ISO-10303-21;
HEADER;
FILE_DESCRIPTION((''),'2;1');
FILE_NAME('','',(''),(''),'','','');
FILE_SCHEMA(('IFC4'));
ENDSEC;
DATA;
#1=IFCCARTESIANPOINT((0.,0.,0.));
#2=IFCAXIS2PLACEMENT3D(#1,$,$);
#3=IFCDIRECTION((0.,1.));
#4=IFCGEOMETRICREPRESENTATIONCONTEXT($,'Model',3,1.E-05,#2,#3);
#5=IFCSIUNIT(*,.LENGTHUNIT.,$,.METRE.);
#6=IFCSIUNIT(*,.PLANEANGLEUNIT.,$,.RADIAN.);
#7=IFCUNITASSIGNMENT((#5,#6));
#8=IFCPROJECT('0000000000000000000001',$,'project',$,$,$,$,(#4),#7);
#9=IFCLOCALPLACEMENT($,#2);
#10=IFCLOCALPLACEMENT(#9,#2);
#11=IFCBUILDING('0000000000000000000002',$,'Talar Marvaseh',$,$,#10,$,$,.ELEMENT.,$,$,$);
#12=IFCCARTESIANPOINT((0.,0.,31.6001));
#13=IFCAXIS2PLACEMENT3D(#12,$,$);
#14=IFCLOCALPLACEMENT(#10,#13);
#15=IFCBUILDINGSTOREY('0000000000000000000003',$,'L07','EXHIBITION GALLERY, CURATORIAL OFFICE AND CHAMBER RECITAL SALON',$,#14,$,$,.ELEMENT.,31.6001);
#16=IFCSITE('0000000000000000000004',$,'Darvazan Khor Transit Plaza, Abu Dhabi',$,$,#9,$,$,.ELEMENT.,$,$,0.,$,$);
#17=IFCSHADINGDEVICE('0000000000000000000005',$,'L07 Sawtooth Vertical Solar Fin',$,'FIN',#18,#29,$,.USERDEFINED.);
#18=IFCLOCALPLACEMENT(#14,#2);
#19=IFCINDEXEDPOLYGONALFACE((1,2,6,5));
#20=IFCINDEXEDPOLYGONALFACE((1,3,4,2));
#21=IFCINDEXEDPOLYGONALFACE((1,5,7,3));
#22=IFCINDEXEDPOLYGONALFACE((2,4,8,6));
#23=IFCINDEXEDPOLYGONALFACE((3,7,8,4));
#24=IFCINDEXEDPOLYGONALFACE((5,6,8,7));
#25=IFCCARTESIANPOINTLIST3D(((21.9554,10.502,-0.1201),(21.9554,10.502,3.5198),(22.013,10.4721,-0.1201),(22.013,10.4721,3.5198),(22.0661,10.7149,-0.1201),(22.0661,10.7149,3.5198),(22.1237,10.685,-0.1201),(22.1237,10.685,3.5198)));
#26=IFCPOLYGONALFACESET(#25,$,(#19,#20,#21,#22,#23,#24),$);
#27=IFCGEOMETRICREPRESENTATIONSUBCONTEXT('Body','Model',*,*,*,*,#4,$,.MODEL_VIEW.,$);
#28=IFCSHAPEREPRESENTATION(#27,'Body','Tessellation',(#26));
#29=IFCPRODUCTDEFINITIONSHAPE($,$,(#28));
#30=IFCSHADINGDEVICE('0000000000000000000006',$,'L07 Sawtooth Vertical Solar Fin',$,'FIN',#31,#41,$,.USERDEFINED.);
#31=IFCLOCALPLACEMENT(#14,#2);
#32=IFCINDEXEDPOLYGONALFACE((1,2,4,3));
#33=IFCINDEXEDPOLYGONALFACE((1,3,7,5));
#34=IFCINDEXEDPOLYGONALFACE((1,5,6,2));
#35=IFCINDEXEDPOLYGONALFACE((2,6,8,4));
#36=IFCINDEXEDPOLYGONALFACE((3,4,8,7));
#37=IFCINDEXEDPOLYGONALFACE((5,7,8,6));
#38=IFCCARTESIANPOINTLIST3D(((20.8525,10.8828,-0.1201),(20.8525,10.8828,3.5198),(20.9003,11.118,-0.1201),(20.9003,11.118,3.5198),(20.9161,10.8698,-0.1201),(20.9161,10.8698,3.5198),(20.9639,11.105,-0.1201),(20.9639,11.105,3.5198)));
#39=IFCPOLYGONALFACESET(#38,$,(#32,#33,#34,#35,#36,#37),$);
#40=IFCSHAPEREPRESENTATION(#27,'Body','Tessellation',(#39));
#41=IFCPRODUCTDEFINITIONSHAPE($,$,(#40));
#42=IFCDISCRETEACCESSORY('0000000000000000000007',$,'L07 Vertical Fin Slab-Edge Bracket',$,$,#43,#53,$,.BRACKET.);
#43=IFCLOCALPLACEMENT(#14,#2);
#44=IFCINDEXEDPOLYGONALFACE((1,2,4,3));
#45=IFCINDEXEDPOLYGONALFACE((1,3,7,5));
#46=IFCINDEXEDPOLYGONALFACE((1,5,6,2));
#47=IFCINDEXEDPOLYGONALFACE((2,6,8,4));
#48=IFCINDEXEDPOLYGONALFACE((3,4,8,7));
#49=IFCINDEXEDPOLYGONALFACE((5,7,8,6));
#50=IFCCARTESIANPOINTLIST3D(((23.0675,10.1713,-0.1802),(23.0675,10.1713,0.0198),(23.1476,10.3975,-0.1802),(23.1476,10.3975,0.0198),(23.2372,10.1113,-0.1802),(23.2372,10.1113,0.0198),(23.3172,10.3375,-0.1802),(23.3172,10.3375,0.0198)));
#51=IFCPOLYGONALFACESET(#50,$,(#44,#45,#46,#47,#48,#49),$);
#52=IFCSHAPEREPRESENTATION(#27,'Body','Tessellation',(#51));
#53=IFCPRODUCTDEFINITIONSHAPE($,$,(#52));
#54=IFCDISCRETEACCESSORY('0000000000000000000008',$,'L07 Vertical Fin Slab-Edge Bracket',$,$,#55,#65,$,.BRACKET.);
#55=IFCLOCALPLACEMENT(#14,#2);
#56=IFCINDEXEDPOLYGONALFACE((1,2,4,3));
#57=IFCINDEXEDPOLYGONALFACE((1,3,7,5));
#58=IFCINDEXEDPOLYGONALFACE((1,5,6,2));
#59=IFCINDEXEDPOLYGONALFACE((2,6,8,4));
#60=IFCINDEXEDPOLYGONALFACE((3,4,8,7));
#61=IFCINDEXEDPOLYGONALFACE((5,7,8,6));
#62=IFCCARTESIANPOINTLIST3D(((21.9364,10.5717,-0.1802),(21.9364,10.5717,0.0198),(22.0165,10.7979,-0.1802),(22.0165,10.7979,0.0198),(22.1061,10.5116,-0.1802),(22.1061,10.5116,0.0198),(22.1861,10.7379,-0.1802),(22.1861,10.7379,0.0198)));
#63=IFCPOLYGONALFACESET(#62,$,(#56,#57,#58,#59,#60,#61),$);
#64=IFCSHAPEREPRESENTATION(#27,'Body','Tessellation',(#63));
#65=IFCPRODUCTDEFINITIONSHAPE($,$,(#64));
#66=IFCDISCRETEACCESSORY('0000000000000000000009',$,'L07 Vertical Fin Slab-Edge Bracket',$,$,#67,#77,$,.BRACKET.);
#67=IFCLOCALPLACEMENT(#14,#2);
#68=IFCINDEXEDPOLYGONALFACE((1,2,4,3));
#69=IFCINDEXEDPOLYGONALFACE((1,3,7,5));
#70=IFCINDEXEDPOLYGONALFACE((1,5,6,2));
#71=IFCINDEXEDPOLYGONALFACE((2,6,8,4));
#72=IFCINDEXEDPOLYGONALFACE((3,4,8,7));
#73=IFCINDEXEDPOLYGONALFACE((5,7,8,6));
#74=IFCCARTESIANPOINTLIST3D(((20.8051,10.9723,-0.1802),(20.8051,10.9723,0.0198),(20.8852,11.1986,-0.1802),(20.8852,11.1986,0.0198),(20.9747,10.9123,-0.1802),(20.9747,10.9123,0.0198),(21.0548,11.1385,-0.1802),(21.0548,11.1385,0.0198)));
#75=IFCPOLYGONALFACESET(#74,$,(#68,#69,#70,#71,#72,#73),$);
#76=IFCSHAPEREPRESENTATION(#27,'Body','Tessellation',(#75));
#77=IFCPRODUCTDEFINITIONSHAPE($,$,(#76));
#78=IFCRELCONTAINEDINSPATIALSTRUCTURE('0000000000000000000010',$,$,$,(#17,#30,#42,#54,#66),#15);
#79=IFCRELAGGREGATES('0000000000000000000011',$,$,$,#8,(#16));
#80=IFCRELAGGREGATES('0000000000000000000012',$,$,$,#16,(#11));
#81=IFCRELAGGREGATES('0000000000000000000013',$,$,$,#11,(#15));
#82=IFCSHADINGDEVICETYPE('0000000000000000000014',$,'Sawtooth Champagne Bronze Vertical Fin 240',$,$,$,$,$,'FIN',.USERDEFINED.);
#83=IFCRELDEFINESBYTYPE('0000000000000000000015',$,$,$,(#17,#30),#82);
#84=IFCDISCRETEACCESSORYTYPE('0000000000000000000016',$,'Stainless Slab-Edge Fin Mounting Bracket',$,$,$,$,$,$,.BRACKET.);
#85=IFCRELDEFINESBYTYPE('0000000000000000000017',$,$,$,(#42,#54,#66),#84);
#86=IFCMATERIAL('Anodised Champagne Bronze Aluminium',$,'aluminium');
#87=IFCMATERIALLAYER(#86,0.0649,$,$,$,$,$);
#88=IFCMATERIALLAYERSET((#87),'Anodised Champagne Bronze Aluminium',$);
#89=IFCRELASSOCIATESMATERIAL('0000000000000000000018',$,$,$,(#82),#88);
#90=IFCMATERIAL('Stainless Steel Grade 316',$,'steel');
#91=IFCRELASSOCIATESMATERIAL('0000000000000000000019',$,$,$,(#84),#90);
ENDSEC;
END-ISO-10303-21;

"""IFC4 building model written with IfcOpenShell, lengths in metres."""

from ifc_helpers import new_model, si_unit, direction, frame, origin, origin_2d, place, context, subcontext, project, spatial, rectangle, extrude, source, transform, mapped, material, layer, layer_set, type_object, type_shapes, element, save


model = new_model("IFC4")

# Units and contexts
model_context = context("Model", 3, precision=1e-05, world=origin(), true_north=direction((0.0, 1.0)))
body_context = subcontext(model_context, "Body", "Model", "MODEL_VIEW")
ifc_project = project(units=[si_unit("LENGTHUNIT", "METRE"), si_unit("PLANEANGLEUNIT", "RADIAN")], contexts=[model_context])

# Site, building, storey
site_placement = place(None, origin())
site = spatial("IfcSite", under=ifc_project, at=site_placement, Name="Darvazan Khor Transit Plaza, Abu Dhabi", CompositionType="ELEMENT", RefElevation=0.0)
building_placement = place(site_placement, origin())
building = spatial("IfcBuilding", under=site, at=building_placement, Name="Talar Marvaseh", CompositionType="ELEMENT")
storey_placement = place(building_placement, frame((0.0, 0.0, 31.6001)))
storey = spatial("IfcBuildingStorey", under=building, at=storey_placement, Name="L07", Description="EXHIBITION GALLERY, CURATORIAL OFFICE AND CHAMBER RECITAL SALON", CompositionType="ELEMENT", Elevation=31.6001)

# Shading devices
ifc_material_1 = material(Name="Anodised Champagne Bronze Aluminium", Category="aluminium")
ifc_layer_1 = layer(ifc_material_1, 0.0649)
ifc_layer_set_1 = layer_set([ifc_layer_1], Name="Anodised Champagne Bronze Aluminium")
shading_device_type = type_object("IfcShadingDeviceType", Name="Sawtooth Champagne Bronze Vertical Fin 240", ElementType="FIN", PredefinedType="USERDEFINED", material=ifc_layer_set_1)
shared_shape_1 = source(origin(), body_context, "Body", "SweptSolid", [
    extrude(rectangle(XDim=0.24, YDim=0.0649, at=origin_2d()), origin(), (0.0, 0.0, 1.0), 3.6399),
])
type_shapes(shading_device_type, [shared_shape_1])
for number, where, z_axis, x_axis, name in (
    (1, (22.0396, 10.5935, -0.1201), (0.0, 0.0, 1.0), (-0.461594, -0.887091, 0.0), "L07 Sawtooth Vertical Solar Fin"),
    (2, (20.9082, 10.9939, -0.1201), (0.0, 0.0, 1.0), (-0.199197, -0.979959, 0.0), "L07 Sawtooth Vertical Solar Fin"),
):
    element("IfcShadingDevice", number, at=place(storey_placement, frame(where, z_axis=z_axis, x_axis=x_axis)), inside=storey, type_object=shading_device_type, Name=name, ObjectType="FIN", PredefinedType="USERDEFINED", context=body_context, shape_type="MappedRepresentation", body=[
        mapped(shared_shape_1, transform((0.0, 0.0, 0.0), x_axis=(1.0, 0.0, 0.0), y_axis=(0.0, 1.0, 0.0), z_axis=(0.0, 0.0, 1.0), scale=1.0)),
    ])

# Discrete accessories
ifc_material_2 = material(Name="Stainless Steel Grade 316", Category="steel")
discrete_accessory_type = type_object("IfcDiscreteAccessoryType", Name="Stainless Slab-Edge Fin Mounting Bracket", PredefinedType="BRACKET", material=ifc_material_2)
shared_shape_2 = source(origin(), body_context, "Body", "SweptSolid", [
    extrude(rectangle(XDim=0.24, YDim=0.1799, at=origin_2d()), origin(), (0.0, 0.0, 1.0), 0.2),
])
type_shapes(discrete_accessory_type, [shared_shape_2])
for number, where, z_axis, x_axis, name in (
    (3, (23.1924, 10.2544, -0.1802), (0.0, 0.0, 1.0), (-0.333642, -0.9427, 0.0), "L07 Vertical Fin Slab-Edge Bracket"),
    (4, (22.0613, 10.6548, -0.1802), (0.0, 0.0, 1.0), (-0.333642, -0.9427, 0.0), "L07 Vertical Fin Slab-Edge Bracket"),
    (5, (20.9299, 11.0554, -0.1802), (0.0, 0.0, 1.0), (-0.333642, -0.9427, 0.0), "L07 Vertical Fin Slab-Edge Bracket"),
):
    element("IfcDiscreteAccessory", number, at=place(storey_placement, frame(where, z_axis=z_axis, x_axis=x_axis)), inside=storey, type_object=discrete_accessory_type, Name=name, PredefinedType="BRACKET", context=body_context, shape_type="MappedRepresentation", body=[
        mapped(shared_shape_2, transform((0.0, 0.0, 0.0), x_axis=(1.0, 0.0, 0.0), y_axis=(0.0, 1.0, 0.0), z_axis=(0.0, 0.0, 1.0), scale=1.0)),
    ])

save(model, "model.ifc")
